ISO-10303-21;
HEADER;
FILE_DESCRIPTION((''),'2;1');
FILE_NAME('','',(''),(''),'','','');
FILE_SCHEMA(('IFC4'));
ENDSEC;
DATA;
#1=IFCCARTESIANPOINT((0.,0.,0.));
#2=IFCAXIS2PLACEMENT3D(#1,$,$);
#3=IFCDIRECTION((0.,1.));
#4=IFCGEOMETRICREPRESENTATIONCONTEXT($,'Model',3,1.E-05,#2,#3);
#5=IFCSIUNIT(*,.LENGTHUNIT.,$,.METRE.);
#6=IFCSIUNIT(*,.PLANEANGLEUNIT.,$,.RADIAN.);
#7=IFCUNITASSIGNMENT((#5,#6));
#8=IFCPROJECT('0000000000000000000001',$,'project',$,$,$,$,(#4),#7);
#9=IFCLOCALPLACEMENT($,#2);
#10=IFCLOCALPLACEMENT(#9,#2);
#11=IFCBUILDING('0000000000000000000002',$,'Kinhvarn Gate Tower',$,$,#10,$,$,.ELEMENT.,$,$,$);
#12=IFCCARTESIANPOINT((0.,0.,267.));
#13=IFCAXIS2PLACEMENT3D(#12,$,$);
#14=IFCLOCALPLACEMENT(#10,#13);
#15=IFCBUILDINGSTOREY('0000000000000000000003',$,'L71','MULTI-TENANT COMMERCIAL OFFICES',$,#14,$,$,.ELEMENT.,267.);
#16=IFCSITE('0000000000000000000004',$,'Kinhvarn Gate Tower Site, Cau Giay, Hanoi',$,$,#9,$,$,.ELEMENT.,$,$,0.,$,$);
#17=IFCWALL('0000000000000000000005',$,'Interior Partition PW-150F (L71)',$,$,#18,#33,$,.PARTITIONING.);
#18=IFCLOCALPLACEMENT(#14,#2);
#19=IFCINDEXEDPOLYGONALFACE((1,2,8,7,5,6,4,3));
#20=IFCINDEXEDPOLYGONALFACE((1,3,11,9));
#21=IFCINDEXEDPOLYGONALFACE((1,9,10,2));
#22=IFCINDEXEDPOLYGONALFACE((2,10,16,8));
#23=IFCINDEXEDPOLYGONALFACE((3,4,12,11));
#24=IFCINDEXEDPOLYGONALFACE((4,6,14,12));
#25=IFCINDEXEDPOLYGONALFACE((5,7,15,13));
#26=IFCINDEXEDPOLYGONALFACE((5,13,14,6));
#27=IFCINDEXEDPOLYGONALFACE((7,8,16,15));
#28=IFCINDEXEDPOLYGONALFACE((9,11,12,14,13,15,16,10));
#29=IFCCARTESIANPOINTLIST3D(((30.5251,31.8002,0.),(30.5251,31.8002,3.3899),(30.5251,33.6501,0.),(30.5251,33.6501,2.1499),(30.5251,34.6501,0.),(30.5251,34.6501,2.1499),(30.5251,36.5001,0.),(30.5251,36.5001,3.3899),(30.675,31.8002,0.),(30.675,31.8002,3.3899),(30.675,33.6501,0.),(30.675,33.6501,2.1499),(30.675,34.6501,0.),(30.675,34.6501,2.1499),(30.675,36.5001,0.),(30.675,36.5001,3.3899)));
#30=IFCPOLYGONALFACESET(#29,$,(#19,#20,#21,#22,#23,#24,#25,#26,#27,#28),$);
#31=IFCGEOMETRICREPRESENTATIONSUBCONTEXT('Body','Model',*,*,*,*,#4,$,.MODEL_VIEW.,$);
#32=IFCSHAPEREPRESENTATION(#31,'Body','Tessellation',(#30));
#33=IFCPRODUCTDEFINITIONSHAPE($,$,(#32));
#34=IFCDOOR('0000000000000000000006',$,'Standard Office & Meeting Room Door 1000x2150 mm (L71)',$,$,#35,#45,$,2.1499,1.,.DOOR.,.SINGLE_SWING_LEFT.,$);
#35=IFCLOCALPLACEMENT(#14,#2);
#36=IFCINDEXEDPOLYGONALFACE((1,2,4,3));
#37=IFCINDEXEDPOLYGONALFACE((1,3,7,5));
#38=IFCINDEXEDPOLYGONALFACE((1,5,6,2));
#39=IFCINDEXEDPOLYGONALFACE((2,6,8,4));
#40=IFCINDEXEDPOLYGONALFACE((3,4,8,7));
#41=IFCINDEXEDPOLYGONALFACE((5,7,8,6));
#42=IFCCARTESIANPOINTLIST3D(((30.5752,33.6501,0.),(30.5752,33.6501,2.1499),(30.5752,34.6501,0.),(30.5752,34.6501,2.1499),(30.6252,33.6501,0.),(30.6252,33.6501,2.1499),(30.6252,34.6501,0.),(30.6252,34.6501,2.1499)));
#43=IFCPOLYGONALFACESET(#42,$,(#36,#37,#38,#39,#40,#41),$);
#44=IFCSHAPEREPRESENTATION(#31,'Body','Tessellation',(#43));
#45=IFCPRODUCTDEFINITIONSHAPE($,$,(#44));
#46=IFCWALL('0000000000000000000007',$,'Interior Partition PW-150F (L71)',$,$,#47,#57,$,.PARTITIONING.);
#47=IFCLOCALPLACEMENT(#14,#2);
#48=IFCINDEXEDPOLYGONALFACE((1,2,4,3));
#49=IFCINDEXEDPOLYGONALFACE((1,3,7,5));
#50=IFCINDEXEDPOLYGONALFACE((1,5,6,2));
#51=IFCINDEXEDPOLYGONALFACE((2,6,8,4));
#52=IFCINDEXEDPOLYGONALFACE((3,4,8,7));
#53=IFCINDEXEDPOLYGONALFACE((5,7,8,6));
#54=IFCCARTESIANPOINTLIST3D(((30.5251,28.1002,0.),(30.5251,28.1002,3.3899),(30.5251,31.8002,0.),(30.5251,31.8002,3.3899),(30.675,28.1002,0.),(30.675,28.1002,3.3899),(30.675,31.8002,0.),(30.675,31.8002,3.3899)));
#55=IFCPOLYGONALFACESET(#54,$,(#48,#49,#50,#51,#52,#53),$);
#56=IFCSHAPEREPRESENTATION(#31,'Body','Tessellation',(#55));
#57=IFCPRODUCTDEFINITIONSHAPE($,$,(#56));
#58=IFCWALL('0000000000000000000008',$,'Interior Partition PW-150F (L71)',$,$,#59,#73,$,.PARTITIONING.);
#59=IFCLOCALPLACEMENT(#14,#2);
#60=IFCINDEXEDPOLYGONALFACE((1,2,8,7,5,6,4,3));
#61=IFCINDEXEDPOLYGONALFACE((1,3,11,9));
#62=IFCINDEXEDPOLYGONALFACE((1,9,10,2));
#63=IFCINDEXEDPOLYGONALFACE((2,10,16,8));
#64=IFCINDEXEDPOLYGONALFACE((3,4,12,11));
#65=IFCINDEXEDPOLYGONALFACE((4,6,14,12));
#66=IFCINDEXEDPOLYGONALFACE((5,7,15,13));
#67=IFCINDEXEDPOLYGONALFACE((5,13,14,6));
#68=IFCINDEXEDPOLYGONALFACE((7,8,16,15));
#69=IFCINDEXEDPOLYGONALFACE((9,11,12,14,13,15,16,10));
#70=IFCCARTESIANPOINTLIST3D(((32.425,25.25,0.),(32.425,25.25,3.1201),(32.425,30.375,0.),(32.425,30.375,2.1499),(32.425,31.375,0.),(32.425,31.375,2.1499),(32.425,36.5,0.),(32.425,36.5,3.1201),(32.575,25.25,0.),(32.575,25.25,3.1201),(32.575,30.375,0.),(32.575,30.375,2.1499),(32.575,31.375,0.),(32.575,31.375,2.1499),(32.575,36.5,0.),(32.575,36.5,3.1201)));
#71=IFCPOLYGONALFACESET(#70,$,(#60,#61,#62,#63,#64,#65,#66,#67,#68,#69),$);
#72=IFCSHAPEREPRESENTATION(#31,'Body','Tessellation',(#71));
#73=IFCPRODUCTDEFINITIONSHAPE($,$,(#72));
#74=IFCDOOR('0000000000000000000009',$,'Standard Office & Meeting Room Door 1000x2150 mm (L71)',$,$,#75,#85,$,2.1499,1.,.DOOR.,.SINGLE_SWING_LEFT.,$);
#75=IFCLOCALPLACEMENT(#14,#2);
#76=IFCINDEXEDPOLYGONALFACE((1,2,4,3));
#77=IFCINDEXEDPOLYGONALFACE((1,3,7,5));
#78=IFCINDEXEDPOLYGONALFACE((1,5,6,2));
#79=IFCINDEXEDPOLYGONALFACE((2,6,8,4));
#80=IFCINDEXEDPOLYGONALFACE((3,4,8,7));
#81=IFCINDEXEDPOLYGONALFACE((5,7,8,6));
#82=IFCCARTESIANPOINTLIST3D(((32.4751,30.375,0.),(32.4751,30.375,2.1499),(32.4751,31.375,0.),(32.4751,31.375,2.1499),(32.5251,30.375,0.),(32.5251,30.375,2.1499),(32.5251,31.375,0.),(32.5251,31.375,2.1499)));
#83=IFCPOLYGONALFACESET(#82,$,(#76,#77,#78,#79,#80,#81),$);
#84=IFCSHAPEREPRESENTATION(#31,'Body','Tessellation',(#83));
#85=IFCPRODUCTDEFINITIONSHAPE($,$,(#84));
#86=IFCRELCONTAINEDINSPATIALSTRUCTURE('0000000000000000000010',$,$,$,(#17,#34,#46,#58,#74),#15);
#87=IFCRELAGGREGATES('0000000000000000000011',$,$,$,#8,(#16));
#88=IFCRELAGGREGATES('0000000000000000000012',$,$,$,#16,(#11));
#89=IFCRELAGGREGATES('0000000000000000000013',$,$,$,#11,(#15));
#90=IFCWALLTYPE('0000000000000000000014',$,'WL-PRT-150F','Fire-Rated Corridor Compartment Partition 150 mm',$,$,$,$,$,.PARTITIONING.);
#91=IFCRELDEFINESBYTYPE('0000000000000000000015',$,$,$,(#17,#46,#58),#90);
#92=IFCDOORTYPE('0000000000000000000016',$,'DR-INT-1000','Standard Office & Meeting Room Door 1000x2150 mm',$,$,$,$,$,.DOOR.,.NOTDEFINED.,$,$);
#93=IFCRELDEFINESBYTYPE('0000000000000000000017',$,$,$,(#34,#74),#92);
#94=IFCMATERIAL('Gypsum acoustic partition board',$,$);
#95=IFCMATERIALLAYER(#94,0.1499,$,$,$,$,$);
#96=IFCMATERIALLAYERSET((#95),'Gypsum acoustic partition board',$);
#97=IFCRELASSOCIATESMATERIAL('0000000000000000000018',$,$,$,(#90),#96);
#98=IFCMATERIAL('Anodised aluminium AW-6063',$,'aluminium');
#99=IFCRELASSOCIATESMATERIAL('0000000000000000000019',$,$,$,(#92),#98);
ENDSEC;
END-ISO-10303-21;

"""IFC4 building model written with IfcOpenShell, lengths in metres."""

from ifc_helpers import new_model, si_unit, direction, frame, frame_2d, origin, place, context, subcontext, project, spatial, rectangle, extrude, material, layer, layer_set, type_object, element, fill, save


model = new_model("IFC4")

# Units and contexts
model_context = context("Model", 3, precision=1e-05, world=origin(), true_north=direction((0.0, 1.0)))
body_context = subcontext(model_context, "Body", "Model", "MODEL_VIEW")
ifc_project = project(units=[si_unit("LENGTHUNIT", "METRE"), si_unit("PLANEANGLEUNIT", "RADIAN")], contexts=[model_context])

# Site, building, storey
site_placement = place(None, origin())
site = spatial("IfcSite", under=ifc_project, at=site_placement, Name="Kinhvarn Gate Tower Site, Cau Giay, Hanoi", CompositionType="ELEMENT", RefElevation=0.0)
building_placement = place(site_placement, origin())
building = spatial("IfcBuilding", under=site, at=building_placement, Name="Kinhvarn Gate Tower", CompositionType="ELEMENT")
storey_placement = place(building_placement, frame((0.0, 0.0, 267.0)))
storey = spatial("IfcBuildingStorey", under=building, at=storey_placement, Name="L71", Description="MULTI-TENANT COMMERCIAL OFFICES", CompositionType="ELEMENT", Elevation=267.0)

# Shared definitions
ifc_material_1 = material(Name="Gypsum acoustic partition board")

# Wall, opening, door
ifc_layer_1 = layer(ifc_material_1, 0.1499)
ifc_layer_set_1 = layer_set([ifc_layer_1], Name="Gypsum acoustic partition board")
wall_type_1 = type_object("IfcWallType", Name="WL-PRT-150F", Description="Fire-Rated Corridor Compartment Partition 150 mm", PredefinedType="PARTITIONING", material=ifc_layer_set_1)
wall_1_placement = place(storey_placement, frame((30.6001, 31.8, 0.0), z_axis=(0.0, 0.0, 1.0), x_axis=(0.0, 1.0, 0.0)))
wall_1 = element("IfcWall", 1, at=wall_1_placement, inside=storey, type_object=wall_type_1, Name="Interior Partition PW-150F (L71)", PredefinedType="PARTITIONING", context=body_context, shape_type="SweptSolid", body=[
    extrude(rectangle(XDim=4.7, YDim=0.1499, at=frame_2d((2.3501, 0.0))), origin(), (0.0, 0.0, 1.0), 3.3899),
])
opening_1_placement = place(wall_1_placement, frame((1.8501, 0.0, 0.0)))
opening_1 = element("IfcOpeningElement", 2, at=opening_1_placement, cuts=wall_1, PredefinedType="OPENING", context=body_context, shape_type="SweptSolid", body=[
    extrude(rectangle(XDim=1.0, YDim=2.1499, at=frame_2d((0.5, 1.075))), frame((0.0, 0.085, 0.0), z_axis=(0.0, -1.0, 0.0), x_axis=(1.0, 0.0, 0.0)), (0.0, 0.0, 1.0), 0.1699),
])
ifc_material_2 = material(Name="Anodised aluminium AW-6063", Category="aluminium")
door_type = type_object("IfcDoorType", Name="DR-INT-1000", Description="Standard Office & Meeting Room Door 1000x2150 mm", OperationType="NOTDEFINED", PredefinedType="DOOR", material=ifc_material_2)
door_1_placement = place(opening_1_placement, origin())
door_1 = element("IfcDoor", 3, at=door_1_placement, inside=storey, type_object=door_type, Name="Standard Office & Meeting Room Door 1000x2150 mm (L71)", OperationType="SINGLE_SWING_LEFT", OverallHeight=2.1499, OverallWidth=1.0, PredefinedType="DOOR", context=body_context, shape_type="SweptSolid", body=[
    extrude(rectangle(XDim=1.0, YDim=2.1499, at=frame_2d((0.5, 1.075))), frame((0.0, 0.0249, 0.0), z_axis=(0.0, -1.0, 0.0), x_axis=(1.0, 0.0, 0.0)), (0.0, 0.0, 1.0), 0.05),
])
fill(opening_1, door_1)

# Wall
wall_2_placement = place(storey_placement, frame((30.6001, 28.1001, 0.0), z_axis=(0.0, 0.0, 1.0), x_axis=(0.0, 1.0, 0.0)))
element("IfcWall", 4, at=wall_2_placement, inside=storey, type_object=wall_type_1, Name="Interior Partition PW-150F (L71)", PredefinedType="PARTITIONING", context=body_context, shape_type="SweptSolid", body=[
    extrude(rectangle(XDim=3.7, YDim=0.1499, at=frame_2d((1.8501, 0.0))), origin(), (0.0, 0.0, 1.0), 3.3899),
])

# Wall, opening, door
wall_3_placement = place(storey_placement, frame((32.5, 25.25, 0.0), z_axis=(0.0, 0.0, 1.0), x_axis=(0.0, 1.0, 0.0)))
wall_3 = element("IfcWall", 5, at=wall_3_placement, inside=storey, type_object=wall_type_1, Name="Interior Partition PW-150F (L71)", PredefinedType="PARTITIONING", context=body_context, shape_type="SweptSolid", body=[
    extrude(rectangle(XDim=11.25, YDim=0.1499, at=frame_2d((5.625, 0.0))), origin(), (0.0, 0.0, 1.0), 3.1201),
])
opening_2_placement = place(wall_3_placement, frame((5.125, 0.0, 0.0)))
opening_2 = element("IfcOpeningElement", 6, at=opening_2_placement, cuts=wall_3, PredefinedType="OPENING", context=body_context, shape_type="SweptSolid", body=[
    extrude(rectangle(XDim=1.0, YDim=2.1499, at=frame_2d((0.5, 1.075))), frame((0.0, 0.085, 0.0), z_axis=(0.0, -1.0, 0.0), x_axis=(1.0, 0.0, 0.0)), (0.0, 0.0, 1.0), 0.1699),
])
door_2_placement = place(opening_2_placement, origin())
door_2 = element("IfcDoor", 7, at=door_2_placement, inside=storey, type_object=door_type, Name="Standard Office & Meeting Room Door 1000x2150 mm (L71)", OperationType="SINGLE_SWING_LEFT", OverallHeight=2.1499, OverallWidth=1.0, PredefinedType="DOOR", context=body_context, shape_type="SweptSolid", body=[
    extrude(rectangle(XDim=1.0, YDim=2.1499, at=frame_2d((0.5, 1.075))), frame((0.0, 0.0249, 0.0), z_axis=(0.0, -1.0, 0.0), x_axis=(1.0, 0.0, 0.0)), (0.0, 0.0, 1.0), 0.05),
])
fill(opening_2, door_2)

save(model, "model.ifc")
